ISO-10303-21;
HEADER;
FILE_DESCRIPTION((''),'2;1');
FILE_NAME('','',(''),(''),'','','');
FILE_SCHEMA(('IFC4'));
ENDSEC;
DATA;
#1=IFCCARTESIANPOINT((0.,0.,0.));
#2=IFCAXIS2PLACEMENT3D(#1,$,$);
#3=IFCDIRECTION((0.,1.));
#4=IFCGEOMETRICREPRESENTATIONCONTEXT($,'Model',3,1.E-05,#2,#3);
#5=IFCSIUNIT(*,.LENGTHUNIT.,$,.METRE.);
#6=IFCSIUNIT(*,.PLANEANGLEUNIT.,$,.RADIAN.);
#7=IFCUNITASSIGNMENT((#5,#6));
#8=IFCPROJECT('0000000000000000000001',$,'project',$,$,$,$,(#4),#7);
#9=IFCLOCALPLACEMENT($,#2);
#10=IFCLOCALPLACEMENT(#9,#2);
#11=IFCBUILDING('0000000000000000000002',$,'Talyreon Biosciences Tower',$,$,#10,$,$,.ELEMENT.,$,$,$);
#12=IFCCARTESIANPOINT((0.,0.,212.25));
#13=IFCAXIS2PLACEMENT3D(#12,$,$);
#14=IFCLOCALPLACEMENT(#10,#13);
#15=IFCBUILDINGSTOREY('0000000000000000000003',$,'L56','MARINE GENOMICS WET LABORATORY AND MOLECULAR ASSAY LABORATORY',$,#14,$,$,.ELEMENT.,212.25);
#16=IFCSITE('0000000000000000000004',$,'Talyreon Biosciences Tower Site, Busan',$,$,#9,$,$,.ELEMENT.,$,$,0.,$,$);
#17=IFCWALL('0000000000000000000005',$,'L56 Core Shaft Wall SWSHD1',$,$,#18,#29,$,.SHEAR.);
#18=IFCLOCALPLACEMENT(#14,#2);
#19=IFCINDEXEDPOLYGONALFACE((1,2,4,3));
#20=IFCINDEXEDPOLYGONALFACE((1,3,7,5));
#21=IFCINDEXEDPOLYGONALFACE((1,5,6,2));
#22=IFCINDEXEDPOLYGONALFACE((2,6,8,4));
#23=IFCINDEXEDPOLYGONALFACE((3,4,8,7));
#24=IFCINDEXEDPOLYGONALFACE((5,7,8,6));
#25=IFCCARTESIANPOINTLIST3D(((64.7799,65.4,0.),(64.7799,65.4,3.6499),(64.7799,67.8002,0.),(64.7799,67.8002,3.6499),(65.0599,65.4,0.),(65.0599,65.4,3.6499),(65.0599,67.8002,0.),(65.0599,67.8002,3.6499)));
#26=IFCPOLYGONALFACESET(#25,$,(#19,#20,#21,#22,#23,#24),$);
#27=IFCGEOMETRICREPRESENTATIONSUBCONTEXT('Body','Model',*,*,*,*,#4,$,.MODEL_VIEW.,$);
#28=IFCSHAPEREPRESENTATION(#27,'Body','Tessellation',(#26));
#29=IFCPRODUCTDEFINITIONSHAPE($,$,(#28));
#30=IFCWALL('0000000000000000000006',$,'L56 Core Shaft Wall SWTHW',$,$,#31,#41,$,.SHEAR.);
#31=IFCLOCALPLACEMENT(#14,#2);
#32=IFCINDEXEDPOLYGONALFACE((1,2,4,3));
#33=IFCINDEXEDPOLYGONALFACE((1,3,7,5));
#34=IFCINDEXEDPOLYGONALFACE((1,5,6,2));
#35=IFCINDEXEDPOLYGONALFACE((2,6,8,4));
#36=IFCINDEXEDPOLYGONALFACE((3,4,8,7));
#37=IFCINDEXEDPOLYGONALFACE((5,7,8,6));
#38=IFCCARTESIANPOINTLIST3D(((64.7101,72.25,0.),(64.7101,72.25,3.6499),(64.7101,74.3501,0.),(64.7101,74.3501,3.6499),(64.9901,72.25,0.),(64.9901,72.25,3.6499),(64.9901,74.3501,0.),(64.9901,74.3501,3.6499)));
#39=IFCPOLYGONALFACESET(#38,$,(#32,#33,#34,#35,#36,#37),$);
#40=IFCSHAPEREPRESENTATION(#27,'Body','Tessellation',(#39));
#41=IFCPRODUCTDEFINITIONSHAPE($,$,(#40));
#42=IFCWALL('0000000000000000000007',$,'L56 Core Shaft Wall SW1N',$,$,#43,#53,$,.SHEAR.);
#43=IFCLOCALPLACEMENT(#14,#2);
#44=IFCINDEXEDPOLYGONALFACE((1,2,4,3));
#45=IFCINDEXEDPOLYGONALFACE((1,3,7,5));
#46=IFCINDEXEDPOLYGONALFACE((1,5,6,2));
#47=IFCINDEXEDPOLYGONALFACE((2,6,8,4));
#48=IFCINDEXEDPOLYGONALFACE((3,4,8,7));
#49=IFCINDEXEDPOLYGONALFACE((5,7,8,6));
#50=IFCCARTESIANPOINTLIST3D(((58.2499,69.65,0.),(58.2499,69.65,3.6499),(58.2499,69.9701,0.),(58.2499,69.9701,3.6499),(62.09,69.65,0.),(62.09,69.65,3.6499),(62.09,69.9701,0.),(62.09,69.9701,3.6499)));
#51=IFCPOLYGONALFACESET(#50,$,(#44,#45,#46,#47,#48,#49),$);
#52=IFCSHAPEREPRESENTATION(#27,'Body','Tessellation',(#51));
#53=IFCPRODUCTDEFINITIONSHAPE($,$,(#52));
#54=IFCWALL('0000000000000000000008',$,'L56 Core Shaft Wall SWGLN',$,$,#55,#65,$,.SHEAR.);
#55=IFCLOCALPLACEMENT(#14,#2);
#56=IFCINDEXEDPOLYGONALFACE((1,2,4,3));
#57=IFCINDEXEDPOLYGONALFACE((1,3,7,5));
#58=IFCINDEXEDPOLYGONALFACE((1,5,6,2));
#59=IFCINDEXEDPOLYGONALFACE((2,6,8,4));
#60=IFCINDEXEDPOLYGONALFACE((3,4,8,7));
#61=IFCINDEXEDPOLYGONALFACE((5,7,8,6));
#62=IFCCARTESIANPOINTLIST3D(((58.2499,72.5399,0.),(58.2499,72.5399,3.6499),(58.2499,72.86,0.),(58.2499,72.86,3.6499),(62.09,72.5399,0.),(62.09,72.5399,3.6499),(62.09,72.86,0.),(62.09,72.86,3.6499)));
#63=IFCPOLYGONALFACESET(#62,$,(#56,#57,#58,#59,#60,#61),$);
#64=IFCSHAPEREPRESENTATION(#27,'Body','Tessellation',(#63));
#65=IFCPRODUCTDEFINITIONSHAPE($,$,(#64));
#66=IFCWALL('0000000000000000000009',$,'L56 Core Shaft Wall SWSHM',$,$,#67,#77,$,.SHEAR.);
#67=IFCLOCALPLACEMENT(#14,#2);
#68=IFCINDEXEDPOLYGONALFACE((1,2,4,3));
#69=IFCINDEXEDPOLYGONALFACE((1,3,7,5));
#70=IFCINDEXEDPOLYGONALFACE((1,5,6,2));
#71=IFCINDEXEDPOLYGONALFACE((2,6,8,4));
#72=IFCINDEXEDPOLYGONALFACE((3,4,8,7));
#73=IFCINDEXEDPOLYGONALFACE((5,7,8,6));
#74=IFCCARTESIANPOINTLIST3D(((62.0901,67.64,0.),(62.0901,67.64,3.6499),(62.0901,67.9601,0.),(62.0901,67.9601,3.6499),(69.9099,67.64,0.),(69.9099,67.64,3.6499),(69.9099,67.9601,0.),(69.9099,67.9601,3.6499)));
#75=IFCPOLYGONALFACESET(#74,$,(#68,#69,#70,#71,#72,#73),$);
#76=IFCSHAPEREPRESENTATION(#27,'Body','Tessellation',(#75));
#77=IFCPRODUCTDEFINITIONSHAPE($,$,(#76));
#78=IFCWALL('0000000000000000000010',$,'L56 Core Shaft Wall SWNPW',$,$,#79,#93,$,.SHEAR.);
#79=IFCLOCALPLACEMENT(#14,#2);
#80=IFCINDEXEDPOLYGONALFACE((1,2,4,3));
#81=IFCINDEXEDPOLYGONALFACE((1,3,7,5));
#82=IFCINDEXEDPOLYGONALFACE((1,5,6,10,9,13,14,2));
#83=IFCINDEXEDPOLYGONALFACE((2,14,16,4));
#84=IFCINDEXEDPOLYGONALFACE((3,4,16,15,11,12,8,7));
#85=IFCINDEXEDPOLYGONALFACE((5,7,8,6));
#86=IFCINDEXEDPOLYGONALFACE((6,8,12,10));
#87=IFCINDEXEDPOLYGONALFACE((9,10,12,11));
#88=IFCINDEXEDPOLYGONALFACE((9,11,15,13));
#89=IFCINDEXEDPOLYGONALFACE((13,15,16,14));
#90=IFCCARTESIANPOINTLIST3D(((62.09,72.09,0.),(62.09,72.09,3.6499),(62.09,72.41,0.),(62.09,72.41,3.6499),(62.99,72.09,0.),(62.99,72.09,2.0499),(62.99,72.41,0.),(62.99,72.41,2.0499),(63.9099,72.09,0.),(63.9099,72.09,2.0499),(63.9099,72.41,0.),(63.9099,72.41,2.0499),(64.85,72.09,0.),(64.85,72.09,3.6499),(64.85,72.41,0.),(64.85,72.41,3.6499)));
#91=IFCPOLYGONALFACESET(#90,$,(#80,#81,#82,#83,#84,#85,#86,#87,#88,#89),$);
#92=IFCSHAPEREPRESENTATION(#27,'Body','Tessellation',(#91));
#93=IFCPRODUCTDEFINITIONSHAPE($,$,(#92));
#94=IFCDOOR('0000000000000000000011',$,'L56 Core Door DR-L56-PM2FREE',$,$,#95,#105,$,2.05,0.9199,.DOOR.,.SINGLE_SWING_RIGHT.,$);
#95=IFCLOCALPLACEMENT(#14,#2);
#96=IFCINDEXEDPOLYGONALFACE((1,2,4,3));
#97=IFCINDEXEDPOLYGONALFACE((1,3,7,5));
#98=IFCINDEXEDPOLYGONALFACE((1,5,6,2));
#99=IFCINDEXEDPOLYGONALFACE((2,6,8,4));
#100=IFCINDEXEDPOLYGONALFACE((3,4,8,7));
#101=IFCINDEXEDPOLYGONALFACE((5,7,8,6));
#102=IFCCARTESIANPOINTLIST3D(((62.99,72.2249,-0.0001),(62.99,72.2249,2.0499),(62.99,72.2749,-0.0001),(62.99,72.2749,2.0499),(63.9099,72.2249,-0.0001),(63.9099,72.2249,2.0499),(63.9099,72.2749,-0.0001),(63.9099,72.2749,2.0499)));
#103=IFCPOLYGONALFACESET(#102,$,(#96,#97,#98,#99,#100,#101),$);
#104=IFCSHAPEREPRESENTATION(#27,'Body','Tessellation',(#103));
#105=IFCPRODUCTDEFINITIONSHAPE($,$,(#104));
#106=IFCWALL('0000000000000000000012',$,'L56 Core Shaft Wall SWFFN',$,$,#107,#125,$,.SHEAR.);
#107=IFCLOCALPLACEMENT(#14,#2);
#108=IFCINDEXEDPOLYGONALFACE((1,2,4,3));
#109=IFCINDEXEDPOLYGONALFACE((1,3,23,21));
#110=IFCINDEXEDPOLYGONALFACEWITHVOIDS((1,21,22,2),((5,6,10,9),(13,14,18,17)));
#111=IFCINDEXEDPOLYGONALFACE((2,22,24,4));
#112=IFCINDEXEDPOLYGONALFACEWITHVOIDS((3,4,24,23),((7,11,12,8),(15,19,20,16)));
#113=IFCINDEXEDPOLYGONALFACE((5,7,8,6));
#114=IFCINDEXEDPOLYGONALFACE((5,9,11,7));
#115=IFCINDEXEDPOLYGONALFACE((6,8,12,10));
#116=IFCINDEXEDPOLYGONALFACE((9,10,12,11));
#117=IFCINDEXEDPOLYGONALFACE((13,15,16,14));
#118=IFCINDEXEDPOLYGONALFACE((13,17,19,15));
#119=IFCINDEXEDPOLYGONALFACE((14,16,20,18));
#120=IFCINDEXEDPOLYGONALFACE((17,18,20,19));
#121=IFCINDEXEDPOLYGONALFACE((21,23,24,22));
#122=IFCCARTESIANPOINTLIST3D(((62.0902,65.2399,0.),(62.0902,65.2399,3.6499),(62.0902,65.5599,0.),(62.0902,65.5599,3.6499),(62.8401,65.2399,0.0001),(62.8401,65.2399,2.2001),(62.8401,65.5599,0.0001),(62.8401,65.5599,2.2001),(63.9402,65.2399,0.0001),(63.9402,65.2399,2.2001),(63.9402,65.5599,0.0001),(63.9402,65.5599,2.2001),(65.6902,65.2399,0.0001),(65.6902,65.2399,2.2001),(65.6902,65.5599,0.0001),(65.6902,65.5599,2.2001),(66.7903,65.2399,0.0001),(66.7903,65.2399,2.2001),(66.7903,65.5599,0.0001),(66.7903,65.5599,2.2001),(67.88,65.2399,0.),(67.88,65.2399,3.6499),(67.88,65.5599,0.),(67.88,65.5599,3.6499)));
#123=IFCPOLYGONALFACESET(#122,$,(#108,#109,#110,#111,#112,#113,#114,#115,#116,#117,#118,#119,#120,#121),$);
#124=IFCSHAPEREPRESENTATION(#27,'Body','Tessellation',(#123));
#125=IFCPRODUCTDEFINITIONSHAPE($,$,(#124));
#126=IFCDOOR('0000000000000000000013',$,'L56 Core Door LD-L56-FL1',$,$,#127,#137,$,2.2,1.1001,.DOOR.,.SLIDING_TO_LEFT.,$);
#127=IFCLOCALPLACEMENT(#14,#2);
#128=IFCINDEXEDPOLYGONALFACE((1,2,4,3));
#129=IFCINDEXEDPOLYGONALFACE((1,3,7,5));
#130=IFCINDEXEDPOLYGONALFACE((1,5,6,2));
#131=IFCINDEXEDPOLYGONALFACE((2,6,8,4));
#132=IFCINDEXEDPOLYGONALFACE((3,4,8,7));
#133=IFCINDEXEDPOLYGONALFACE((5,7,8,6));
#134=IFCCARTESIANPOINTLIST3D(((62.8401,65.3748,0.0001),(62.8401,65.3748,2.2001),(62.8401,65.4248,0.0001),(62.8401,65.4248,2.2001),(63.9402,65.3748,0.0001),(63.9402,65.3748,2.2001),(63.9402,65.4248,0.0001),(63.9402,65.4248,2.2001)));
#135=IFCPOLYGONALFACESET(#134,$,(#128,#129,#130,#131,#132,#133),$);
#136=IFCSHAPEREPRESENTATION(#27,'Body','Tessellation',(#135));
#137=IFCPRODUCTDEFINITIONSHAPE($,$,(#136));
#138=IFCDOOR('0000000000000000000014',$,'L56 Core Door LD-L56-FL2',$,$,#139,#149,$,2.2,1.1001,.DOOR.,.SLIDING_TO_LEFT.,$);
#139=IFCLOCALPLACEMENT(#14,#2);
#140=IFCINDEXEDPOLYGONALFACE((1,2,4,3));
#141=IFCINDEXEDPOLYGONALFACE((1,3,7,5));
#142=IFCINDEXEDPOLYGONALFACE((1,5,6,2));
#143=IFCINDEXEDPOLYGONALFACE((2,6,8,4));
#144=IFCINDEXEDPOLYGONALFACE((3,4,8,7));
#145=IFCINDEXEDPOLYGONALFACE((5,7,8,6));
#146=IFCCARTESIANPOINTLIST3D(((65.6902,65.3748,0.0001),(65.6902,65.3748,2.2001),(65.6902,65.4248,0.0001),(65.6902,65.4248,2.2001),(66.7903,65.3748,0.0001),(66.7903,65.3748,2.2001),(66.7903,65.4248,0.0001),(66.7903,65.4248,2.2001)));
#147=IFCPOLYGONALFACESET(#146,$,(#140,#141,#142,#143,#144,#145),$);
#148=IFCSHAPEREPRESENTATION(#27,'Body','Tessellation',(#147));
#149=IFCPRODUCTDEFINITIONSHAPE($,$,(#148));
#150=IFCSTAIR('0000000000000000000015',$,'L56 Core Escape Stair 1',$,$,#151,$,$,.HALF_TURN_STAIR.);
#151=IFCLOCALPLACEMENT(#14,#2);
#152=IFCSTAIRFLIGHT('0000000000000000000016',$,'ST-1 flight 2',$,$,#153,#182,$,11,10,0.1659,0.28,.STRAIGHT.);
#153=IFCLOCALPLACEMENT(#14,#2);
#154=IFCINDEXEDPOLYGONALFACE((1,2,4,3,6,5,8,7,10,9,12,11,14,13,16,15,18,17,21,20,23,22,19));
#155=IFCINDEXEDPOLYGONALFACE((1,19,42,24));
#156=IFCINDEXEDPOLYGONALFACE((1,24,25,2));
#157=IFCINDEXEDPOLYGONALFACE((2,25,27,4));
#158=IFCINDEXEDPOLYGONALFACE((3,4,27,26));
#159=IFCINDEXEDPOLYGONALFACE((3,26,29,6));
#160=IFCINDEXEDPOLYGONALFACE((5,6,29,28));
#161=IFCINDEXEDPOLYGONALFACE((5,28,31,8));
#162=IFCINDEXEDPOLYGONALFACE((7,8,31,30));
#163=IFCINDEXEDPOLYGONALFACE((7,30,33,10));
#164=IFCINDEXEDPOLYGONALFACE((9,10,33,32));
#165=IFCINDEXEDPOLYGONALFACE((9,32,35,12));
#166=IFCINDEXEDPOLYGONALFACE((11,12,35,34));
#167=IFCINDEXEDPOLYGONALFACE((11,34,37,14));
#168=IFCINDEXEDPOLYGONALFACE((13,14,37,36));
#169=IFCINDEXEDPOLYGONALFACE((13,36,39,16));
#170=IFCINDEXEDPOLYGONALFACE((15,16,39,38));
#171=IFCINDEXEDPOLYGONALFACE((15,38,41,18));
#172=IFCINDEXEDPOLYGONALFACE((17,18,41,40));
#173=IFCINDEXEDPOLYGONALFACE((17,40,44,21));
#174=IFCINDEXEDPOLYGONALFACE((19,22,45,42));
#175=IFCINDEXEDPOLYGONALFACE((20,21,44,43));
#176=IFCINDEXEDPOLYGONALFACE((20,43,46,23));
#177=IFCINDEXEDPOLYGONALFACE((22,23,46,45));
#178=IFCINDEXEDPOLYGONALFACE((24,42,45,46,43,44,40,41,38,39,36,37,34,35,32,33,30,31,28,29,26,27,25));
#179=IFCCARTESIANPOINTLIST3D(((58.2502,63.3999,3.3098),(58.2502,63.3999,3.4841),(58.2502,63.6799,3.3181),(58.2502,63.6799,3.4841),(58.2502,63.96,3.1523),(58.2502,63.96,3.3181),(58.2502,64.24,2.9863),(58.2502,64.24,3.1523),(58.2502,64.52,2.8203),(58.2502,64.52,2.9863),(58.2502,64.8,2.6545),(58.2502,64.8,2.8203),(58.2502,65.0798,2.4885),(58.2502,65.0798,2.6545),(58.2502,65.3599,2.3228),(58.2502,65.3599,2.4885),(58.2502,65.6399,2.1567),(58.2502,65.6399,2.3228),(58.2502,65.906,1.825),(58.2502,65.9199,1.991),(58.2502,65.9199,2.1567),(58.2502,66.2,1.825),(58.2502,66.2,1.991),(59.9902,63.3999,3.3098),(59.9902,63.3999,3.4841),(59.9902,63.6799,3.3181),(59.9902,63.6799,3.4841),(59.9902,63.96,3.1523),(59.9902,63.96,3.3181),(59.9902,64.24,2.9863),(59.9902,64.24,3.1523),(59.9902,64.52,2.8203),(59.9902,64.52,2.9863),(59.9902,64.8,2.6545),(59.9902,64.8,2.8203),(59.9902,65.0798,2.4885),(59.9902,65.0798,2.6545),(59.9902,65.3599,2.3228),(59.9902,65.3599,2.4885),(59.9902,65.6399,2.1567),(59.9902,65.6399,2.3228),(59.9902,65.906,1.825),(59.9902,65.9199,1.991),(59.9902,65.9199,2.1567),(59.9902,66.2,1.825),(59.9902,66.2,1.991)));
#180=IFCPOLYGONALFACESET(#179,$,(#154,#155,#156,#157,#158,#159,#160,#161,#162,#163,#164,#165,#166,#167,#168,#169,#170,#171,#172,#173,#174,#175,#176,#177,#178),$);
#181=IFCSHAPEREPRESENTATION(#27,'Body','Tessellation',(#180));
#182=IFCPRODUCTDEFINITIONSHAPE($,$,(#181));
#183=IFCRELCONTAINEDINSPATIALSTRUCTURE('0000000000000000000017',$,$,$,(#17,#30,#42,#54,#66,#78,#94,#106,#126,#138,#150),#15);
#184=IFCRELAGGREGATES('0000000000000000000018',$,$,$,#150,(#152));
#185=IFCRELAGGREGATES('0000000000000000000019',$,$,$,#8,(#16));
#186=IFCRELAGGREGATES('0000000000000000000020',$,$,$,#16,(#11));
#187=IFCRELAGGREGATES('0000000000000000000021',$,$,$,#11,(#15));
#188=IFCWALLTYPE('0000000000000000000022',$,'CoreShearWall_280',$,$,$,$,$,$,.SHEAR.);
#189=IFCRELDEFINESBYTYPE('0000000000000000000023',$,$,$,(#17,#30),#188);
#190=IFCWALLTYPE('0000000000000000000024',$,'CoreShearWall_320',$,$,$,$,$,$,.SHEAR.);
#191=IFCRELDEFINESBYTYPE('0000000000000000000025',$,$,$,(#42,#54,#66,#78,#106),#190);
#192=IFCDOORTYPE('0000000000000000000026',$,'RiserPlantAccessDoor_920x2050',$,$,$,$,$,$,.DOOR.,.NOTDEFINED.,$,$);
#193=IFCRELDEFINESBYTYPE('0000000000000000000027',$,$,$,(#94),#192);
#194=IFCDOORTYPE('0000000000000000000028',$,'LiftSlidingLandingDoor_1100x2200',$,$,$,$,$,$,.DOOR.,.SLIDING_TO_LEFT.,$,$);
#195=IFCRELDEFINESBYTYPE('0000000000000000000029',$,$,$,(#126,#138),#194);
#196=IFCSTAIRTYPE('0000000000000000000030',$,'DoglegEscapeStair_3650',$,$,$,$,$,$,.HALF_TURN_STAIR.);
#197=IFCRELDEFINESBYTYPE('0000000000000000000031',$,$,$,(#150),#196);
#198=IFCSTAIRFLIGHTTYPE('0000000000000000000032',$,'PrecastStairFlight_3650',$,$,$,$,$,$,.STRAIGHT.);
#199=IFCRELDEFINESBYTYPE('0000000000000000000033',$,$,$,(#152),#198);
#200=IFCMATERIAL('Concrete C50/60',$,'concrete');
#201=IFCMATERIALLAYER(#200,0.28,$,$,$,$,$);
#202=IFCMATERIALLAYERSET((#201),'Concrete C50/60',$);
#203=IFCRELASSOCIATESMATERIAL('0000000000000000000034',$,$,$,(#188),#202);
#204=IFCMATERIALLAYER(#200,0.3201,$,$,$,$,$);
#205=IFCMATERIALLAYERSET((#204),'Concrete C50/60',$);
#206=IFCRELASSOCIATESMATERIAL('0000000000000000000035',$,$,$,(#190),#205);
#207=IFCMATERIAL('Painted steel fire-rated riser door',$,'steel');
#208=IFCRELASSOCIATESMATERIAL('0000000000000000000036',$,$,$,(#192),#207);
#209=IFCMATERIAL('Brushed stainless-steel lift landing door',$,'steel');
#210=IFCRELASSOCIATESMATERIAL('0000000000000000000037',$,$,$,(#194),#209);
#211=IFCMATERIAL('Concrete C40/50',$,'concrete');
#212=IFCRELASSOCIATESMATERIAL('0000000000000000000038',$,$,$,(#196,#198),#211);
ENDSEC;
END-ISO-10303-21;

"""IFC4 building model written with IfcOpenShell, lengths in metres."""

from ifc_helpers import new_model, si_unit, direction, frame, frame_2d, origin, place, context, subcontext, project, spatial, polyline, rectangle, outline, extrude, material, layer, layer_set, type_object, element, fill, aggregate, save


model = new_model("IFC4")

# Units and contexts
model_context = context("Model", 3, precision=1e-05, world=origin(), true_north=direction((0.0, 1.0)))
body_context = subcontext(model_context, "Body", "Model", "MODEL_VIEW")
ifc_project = project(units=[si_unit("LENGTHUNIT", "METRE"), si_unit("PLANEANGLEUNIT", "RADIAN")], contexts=[model_context])

# Site, building, storey
site_placement = place(None, origin())
site = spatial("IfcSite", under=ifc_project, at=site_placement, Name="Talyreon Biosciences Tower Site, Busan", CompositionType="ELEMENT", RefElevation=0.0)
building_placement = place(site_placement, origin())
building = spatial("IfcBuilding", under=site, at=building_placement, Name="Talyreon Biosciences Tower", CompositionType="ELEMENT")
storey_placement = place(building_placement, frame((0.0, 0.0, 212.25)))
storey = spatial("IfcBuildingStorey", under=building, at=storey_placement, Name="L56", Description="MARINE GENOMICS WET LABORATORY AND MOLECULAR ASSAY LABORATORY", CompositionType="ELEMENT", Elevation=212.25)

# Walls
ifc_material_1 = material(Name="Concrete C50/60", Category="concrete")
ifc_layer_1 = layer(ifc_material_1, 0.28)
ifc_layer_set_1 = layer_set([ifc_layer_1], Name="Concrete C50/60")
wall_type_1 = type_object("IfcWallType", Name="CoreShearWall_280", PredefinedType="SHEAR", material=ifc_layer_set_1)
wall_1_placement = place(storey_placement, frame((64.9199, 65.3999, 0.0), z_axis=(0.0, 0.0, 1.0), x_axis=(0.0, 1.0, 0.0)))
element("IfcWall", 1, at=wall_1_placement, inside=storey, type_object=wall_type_1, Name="L56 Core Shaft Wall SWSHD1", PredefinedType="SHEAR", context=body_context, shape_type="SweptSolid", body=[
    extrude(rectangle(XDim=2.4001, YDim=0.28, at=frame_2d((1.2002, 0.0))), origin(), (0.0, 0.0, 1.0), 3.6499),
])
wall_2_placement = place(storey_placement, frame((64.8501, 72.25, 0.0), z_axis=(0.0, 0.0, 1.0), x_axis=(0.0, 1.0, 0.0)))
element("IfcWall", 2, at=wall_2_placement, inside=storey, type_object=wall_type_1, Name="L56 Core Shaft Wall SWTHW", PredefinedType="SHEAR", context=body_context, shape_type="SweptSolid", body=[
    extrude(rectangle(XDim=2.1001, YDim=0.28, at=frame_2d((1.05, 0.0))), origin(), (0.0, 0.0, 1.0), 3.6499),
])
ifc_layer_2 = layer(ifc_material_1, 0.3201)
ifc_layer_set_2 = layer_set([ifc_layer_2], Name="Concrete C50/60")
wall_type_2 = type_object("IfcWallType", Name="CoreShearWall_320", PredefinedType="SHEAR", material=ifc_layer_set_2)
for number, where, z_axis, x_axis, name in (
    (3, (58.25, 69.8101, 0.0), (0.0, 0.0, 1.0), (1.0, 0.0, 0.0), "L56 Core Shaft Wall SW1N"),
    (4, (58.25, 72.7, 0.0), (0.0, 0.0, 1.0), (1.0, 0.0, 0.0), "L56 Core Shaft Wall SWGLN"),
):
    element("IfcWall", number, at=place(storey_placement, frame(where, z_axis=z_axis, x_axis=x_axis)), inside=storey, type_object=wall_type_2, Name=name, PredefinedType="SHEAR", context=body_context, shape_type="SweptSolid", body=[
        extrude(rectangle(XDim=3.8401, YDim=0.3201, at=frame_2d((1.9199, 0.0))), origin(), (0.0, 0.0, 1.0), 3.6499),
    ])
wall_3_placement = place(storey_placement, frame((62.0901, 67.8, 0.0), z_axis=(0.0, 0.0, 1.0), x_axis=(1.0, 0.0, 0.0)))
element("IfcWall", 5, at=wall_3_placement, inside=storey, type_object=wall_type_2, Name="L56 Core Shaft Wall SWSHM", PredefinedType="SHEAR", context=body_context, shape_type="SweptSolid", body=[
    extrude(rectangle(XDim=7.8198, YDim=0.3201, at=frame_2d((3.9099, 0.0))), origin(), (0.0, 0.0, 1.0), 3.6499),
])

# Wall, opening, door
wall_4_placement = place(storey_placement, frame((62.0901, 72.25, 0.0), z_axis=(0.0, 0.0, 1.0), x_axis=(1.0, 0.0, 0.0)))
wall_4 = element("IfcWall", 6, at=wall_4_placement, inside=storey, type_object=wall_type_2, Name="L56 Core Shaft Wall SWNPW", PredefinedType="SHEAR", context=body_context, shape_type="SweptSolid", body=[
    extrude(rectangle(XDim=2.76, YDim=0.3201, at=frame_2d((1.3799, 0.0))), origin(), (0.0, 0.0, 1.0), 3.6499),
])
opening_1_placement = place(wall_4_placement, frame((0.8999, 0.0, 0.0)))
opening_1 = element("IfcOpeningElement", 7, at=opening_1_placement, cuts=wall_4, PredefinedType="OPENING", context=body_context, shape_type="SweptSolid", body=[
    extrude(rectangle(XDim=0.9199, YDim=2.05, at=frame_2d((0.46, 1.0249))), frame((0.0, 0.1699, 0.0), z_axis=(0.0, -1.0, 0.0), x_axis=(1.0, 0.0, 0.0)), (0.0, 0.0, 1.0), 0.3401),
])
ifc_material_2 = material(Name="Painted steel fire-rated riser door", Category="steel")
door_type_1 = type_object("IfcDoorType", Name="RiserPlantAccessDoor_920x2050", OperationType="NOTDEFINED", PredefinedType="DOOR", material=ifc_material_2)
door_1_placement = place(opening_1_placement, origin())
door_1 = element("IfcDoor", 8, at=door_1_placement, inside=storey, type_object=door_type_1, Name="L56 Core Door DR-L56-PM2FREE", OperationType="SINGLE_SWING_RIGHT", OverallHeight=2.05, OverallWidth=0.9199, PredefinedType="DOOR", context=body_context, shape_type="SweptSolid", body=[
    extrude(rectangle(XDim=0.9199, YDim=2.05, at=frame_2d((0.46, 1.0249))), frame((0.0, 0.0249, 0.0), z_axis=(0.0, -1.0, 0.0), x_axis=(1.0, 0.0, 0.0)), (0.0, 0.0, 1.0), 0.05),
])
fill(opening_1, door_1)

# Wall, openings, doors
wall_5_placement = place(storey_placement, frame((62.0901, 65.3999, 0.0), z_axis=(0.0, 0.0, 1.0), x_axis=(1.0, 0.0, 0.0)))
wall_5 = element("IfcWall", 9, at=wall_5_placement, inside=storey, type_object=wall_type_2, Name="L56 Core Shaft Wall SWFFN", PredefinedType="SHEAR", context=body_context, shape_type="SweptSolid", body=[
    extrude(rectangle(XDim=5.7898, YDim=0.3201, at=frame_2d((2.895, 0.0))), origin(), (0.0, 0.0, 1.0), 3.6499),
])
opening_2_placement = place(wall_5_placement, frame((0.75, 0.0, 0.0)))
opening_2 = element("IfcOpeningElement", 10, at=opening_2_placement, cuts=wall_5, PredefinedType="OPENING", context=body_context, shape_type="SweptSolid", body=[
    extrude(rectangle(XDim=1.1001, YDim=2.2, at=frame_2d((0.55, 1.1001))), frame((0.0, 0.1699, 0.0), z_axis=(0.0, -1.0, 0.0), x_axis=(1.0, 0.0, 0.0)), (0.0, 0.0, 1.0), 0.3401),
])
opening_3_placement = place(wall_5_placement, frame((3.6001, 0.0, 0.0)))
opening_3 = element("IfcOpeningElement", 11, at=opening_3_placement, cuts=wall_5, PredefinedType="OPENING", context=body_context, shape_type="SweptSolid", body=[
    extrude(rectangle(XDim=1.1001, YDim=2.2, at=frame_2d((0.55, 1.1001))), frame((0.0, 0.1699, 0.0), z_axis=(0.0, -1.0, 0.0), x_axis=(1.0, 0.0, 0.0)), (0.0, 0.0, 1.0), 0.3401),
])
ifc_material_3 = material(Name="Brushed stainless-steel lift landing door", Category="steel")
door_type_2 = type_object("IfcDoorType", Name="LiftSlidingLandingDoor_1100x2200", OperationType="SLIDING_TO_LEFT", PredefinedType="DOOR", material=ifc_material_3)
door_2_placement = place(opening_2_placement, origin())
door_2 = element("IfcDoor", 12, at=door_2_placement, inside=storey, type_object=door_type_2, Name="L56 Core Door LD-L56-FL1", OperationType="SLIDING_TO_LEFT", OverallHeight=2.2, OverallWidth=1.1001, PredefinedType="DOOR", context=body_context, shape_type="SweptSolid", body=[
    extrude(rectangle(XDim=1.1001, YDim=2.2, at=frame_2d((0.55, 1.1001))), frame((0.0, 0.0249, 0.0), z_axis=(0.0, -1.0, 0.0), x_axis=(1.0, 0.0, 0.0)), (0.0, 0.0, 1.0), 0.05),
])
fill(opening_2, door_2)
door_3_placement = place(opening_3_placement, origin())
door_3 = element("IfcDoor", 13, at=door_3_placement, inside=storey, type_object=door_type_2, Name="L56 Core Door LD-L56-FL2", OperationType="SLIDING_TO_LEFT", OverallHeight=2.2, OverallWidth=1.1001, PredefinedType="DOOR", context=body_context, shape_type="SweptSolid", body=[
    extrude(rectangle(XDim=1.1001, YDim=2.2, at=frame_2d((0.55, 1.1001))), frame((0.0, 0.0249, 0.0), z_axis=(0.0, -1.0, 0.0), x_axis=(1.0, 0.0, 0.0)), (0.0, 0.0, 1.0), 0.05),
])
fill(opening_3, door_3)

# Stair, stair flight
ifc_material_4 = material(Name="Concrete C40/50", Category="concrete")
stair_type = type_object("IfcStairType", Name="DoglegEscapeStair_3650", PredefinedType="HALF_TURN_STAIR", material=ifc_material_4)
stair_placement = place(storey_placement, origin())
stair = element("IfcStair", 14, at=stair_placement, inside=storey, type_object=stair_type, Name="L56 Core Escape Stair 1", PredefinedType="HALF_TURN_STAIR")
stair_flight_type = type_object("IfcStairFlightType", Name="PrecastStairFlight_3650", PredefinedType="STRAIGHT", material=ifc_material_4)
stair_flight_placement = place(storey_placement, frame((59.1201, 66.2, 1.825), z_axis=(0.0, 0.0, 1.0), x_axis=(0.0, -1.0, 0.0)))
stair_flight = element("IfcStairFlight", 15, at=stair_flight_placement, type_object=stair_flight_type, Name="ST-1 flight 2", NumberOfRisers=11, NumberOfTreads=10, PredefinedType="STRAIGHT", RiserHeight=0.1659, TreadLength=0.28, context=body_context, shape_type="SweptSolid", body=[
    extrude(outline(polyline([(0.0, 0.0), (0.0, 0.166), (0.28, 0.166), (0.28, 0.3318), (0.5601, 0.3318), (0.5601, 0.4978), (0.8401, 0.4978), (0.8401, 0.6636), (1.1201, 0.6636), (1.1201, 0.8296), (1.3999, 0.8296), (1.3999, 0.9954), (1.6799, 0.9954), (1.6799, 1.1614), (1.96, 1.1614), (1.96, 1.3274), (2.24, 1.3274), (2.24, 1.4932), (2.52, 1.4932), (2.52, 1.6592), (2.8, 1.6592), (2.8, 1.825), (2.8, 1.4849), (0.2939, 0.0), (0.0, 0.0)])), frame((0.0, 0.8701, 0.0), z_axis=(0.0, -1.0, 0.0), x_axis=(1.0, 0.0, 0.0)), (0.0, 0.0, 1.0), 1.74),
])
aggregate(stair, [stair_flight])

save(model, "model.ifc")
